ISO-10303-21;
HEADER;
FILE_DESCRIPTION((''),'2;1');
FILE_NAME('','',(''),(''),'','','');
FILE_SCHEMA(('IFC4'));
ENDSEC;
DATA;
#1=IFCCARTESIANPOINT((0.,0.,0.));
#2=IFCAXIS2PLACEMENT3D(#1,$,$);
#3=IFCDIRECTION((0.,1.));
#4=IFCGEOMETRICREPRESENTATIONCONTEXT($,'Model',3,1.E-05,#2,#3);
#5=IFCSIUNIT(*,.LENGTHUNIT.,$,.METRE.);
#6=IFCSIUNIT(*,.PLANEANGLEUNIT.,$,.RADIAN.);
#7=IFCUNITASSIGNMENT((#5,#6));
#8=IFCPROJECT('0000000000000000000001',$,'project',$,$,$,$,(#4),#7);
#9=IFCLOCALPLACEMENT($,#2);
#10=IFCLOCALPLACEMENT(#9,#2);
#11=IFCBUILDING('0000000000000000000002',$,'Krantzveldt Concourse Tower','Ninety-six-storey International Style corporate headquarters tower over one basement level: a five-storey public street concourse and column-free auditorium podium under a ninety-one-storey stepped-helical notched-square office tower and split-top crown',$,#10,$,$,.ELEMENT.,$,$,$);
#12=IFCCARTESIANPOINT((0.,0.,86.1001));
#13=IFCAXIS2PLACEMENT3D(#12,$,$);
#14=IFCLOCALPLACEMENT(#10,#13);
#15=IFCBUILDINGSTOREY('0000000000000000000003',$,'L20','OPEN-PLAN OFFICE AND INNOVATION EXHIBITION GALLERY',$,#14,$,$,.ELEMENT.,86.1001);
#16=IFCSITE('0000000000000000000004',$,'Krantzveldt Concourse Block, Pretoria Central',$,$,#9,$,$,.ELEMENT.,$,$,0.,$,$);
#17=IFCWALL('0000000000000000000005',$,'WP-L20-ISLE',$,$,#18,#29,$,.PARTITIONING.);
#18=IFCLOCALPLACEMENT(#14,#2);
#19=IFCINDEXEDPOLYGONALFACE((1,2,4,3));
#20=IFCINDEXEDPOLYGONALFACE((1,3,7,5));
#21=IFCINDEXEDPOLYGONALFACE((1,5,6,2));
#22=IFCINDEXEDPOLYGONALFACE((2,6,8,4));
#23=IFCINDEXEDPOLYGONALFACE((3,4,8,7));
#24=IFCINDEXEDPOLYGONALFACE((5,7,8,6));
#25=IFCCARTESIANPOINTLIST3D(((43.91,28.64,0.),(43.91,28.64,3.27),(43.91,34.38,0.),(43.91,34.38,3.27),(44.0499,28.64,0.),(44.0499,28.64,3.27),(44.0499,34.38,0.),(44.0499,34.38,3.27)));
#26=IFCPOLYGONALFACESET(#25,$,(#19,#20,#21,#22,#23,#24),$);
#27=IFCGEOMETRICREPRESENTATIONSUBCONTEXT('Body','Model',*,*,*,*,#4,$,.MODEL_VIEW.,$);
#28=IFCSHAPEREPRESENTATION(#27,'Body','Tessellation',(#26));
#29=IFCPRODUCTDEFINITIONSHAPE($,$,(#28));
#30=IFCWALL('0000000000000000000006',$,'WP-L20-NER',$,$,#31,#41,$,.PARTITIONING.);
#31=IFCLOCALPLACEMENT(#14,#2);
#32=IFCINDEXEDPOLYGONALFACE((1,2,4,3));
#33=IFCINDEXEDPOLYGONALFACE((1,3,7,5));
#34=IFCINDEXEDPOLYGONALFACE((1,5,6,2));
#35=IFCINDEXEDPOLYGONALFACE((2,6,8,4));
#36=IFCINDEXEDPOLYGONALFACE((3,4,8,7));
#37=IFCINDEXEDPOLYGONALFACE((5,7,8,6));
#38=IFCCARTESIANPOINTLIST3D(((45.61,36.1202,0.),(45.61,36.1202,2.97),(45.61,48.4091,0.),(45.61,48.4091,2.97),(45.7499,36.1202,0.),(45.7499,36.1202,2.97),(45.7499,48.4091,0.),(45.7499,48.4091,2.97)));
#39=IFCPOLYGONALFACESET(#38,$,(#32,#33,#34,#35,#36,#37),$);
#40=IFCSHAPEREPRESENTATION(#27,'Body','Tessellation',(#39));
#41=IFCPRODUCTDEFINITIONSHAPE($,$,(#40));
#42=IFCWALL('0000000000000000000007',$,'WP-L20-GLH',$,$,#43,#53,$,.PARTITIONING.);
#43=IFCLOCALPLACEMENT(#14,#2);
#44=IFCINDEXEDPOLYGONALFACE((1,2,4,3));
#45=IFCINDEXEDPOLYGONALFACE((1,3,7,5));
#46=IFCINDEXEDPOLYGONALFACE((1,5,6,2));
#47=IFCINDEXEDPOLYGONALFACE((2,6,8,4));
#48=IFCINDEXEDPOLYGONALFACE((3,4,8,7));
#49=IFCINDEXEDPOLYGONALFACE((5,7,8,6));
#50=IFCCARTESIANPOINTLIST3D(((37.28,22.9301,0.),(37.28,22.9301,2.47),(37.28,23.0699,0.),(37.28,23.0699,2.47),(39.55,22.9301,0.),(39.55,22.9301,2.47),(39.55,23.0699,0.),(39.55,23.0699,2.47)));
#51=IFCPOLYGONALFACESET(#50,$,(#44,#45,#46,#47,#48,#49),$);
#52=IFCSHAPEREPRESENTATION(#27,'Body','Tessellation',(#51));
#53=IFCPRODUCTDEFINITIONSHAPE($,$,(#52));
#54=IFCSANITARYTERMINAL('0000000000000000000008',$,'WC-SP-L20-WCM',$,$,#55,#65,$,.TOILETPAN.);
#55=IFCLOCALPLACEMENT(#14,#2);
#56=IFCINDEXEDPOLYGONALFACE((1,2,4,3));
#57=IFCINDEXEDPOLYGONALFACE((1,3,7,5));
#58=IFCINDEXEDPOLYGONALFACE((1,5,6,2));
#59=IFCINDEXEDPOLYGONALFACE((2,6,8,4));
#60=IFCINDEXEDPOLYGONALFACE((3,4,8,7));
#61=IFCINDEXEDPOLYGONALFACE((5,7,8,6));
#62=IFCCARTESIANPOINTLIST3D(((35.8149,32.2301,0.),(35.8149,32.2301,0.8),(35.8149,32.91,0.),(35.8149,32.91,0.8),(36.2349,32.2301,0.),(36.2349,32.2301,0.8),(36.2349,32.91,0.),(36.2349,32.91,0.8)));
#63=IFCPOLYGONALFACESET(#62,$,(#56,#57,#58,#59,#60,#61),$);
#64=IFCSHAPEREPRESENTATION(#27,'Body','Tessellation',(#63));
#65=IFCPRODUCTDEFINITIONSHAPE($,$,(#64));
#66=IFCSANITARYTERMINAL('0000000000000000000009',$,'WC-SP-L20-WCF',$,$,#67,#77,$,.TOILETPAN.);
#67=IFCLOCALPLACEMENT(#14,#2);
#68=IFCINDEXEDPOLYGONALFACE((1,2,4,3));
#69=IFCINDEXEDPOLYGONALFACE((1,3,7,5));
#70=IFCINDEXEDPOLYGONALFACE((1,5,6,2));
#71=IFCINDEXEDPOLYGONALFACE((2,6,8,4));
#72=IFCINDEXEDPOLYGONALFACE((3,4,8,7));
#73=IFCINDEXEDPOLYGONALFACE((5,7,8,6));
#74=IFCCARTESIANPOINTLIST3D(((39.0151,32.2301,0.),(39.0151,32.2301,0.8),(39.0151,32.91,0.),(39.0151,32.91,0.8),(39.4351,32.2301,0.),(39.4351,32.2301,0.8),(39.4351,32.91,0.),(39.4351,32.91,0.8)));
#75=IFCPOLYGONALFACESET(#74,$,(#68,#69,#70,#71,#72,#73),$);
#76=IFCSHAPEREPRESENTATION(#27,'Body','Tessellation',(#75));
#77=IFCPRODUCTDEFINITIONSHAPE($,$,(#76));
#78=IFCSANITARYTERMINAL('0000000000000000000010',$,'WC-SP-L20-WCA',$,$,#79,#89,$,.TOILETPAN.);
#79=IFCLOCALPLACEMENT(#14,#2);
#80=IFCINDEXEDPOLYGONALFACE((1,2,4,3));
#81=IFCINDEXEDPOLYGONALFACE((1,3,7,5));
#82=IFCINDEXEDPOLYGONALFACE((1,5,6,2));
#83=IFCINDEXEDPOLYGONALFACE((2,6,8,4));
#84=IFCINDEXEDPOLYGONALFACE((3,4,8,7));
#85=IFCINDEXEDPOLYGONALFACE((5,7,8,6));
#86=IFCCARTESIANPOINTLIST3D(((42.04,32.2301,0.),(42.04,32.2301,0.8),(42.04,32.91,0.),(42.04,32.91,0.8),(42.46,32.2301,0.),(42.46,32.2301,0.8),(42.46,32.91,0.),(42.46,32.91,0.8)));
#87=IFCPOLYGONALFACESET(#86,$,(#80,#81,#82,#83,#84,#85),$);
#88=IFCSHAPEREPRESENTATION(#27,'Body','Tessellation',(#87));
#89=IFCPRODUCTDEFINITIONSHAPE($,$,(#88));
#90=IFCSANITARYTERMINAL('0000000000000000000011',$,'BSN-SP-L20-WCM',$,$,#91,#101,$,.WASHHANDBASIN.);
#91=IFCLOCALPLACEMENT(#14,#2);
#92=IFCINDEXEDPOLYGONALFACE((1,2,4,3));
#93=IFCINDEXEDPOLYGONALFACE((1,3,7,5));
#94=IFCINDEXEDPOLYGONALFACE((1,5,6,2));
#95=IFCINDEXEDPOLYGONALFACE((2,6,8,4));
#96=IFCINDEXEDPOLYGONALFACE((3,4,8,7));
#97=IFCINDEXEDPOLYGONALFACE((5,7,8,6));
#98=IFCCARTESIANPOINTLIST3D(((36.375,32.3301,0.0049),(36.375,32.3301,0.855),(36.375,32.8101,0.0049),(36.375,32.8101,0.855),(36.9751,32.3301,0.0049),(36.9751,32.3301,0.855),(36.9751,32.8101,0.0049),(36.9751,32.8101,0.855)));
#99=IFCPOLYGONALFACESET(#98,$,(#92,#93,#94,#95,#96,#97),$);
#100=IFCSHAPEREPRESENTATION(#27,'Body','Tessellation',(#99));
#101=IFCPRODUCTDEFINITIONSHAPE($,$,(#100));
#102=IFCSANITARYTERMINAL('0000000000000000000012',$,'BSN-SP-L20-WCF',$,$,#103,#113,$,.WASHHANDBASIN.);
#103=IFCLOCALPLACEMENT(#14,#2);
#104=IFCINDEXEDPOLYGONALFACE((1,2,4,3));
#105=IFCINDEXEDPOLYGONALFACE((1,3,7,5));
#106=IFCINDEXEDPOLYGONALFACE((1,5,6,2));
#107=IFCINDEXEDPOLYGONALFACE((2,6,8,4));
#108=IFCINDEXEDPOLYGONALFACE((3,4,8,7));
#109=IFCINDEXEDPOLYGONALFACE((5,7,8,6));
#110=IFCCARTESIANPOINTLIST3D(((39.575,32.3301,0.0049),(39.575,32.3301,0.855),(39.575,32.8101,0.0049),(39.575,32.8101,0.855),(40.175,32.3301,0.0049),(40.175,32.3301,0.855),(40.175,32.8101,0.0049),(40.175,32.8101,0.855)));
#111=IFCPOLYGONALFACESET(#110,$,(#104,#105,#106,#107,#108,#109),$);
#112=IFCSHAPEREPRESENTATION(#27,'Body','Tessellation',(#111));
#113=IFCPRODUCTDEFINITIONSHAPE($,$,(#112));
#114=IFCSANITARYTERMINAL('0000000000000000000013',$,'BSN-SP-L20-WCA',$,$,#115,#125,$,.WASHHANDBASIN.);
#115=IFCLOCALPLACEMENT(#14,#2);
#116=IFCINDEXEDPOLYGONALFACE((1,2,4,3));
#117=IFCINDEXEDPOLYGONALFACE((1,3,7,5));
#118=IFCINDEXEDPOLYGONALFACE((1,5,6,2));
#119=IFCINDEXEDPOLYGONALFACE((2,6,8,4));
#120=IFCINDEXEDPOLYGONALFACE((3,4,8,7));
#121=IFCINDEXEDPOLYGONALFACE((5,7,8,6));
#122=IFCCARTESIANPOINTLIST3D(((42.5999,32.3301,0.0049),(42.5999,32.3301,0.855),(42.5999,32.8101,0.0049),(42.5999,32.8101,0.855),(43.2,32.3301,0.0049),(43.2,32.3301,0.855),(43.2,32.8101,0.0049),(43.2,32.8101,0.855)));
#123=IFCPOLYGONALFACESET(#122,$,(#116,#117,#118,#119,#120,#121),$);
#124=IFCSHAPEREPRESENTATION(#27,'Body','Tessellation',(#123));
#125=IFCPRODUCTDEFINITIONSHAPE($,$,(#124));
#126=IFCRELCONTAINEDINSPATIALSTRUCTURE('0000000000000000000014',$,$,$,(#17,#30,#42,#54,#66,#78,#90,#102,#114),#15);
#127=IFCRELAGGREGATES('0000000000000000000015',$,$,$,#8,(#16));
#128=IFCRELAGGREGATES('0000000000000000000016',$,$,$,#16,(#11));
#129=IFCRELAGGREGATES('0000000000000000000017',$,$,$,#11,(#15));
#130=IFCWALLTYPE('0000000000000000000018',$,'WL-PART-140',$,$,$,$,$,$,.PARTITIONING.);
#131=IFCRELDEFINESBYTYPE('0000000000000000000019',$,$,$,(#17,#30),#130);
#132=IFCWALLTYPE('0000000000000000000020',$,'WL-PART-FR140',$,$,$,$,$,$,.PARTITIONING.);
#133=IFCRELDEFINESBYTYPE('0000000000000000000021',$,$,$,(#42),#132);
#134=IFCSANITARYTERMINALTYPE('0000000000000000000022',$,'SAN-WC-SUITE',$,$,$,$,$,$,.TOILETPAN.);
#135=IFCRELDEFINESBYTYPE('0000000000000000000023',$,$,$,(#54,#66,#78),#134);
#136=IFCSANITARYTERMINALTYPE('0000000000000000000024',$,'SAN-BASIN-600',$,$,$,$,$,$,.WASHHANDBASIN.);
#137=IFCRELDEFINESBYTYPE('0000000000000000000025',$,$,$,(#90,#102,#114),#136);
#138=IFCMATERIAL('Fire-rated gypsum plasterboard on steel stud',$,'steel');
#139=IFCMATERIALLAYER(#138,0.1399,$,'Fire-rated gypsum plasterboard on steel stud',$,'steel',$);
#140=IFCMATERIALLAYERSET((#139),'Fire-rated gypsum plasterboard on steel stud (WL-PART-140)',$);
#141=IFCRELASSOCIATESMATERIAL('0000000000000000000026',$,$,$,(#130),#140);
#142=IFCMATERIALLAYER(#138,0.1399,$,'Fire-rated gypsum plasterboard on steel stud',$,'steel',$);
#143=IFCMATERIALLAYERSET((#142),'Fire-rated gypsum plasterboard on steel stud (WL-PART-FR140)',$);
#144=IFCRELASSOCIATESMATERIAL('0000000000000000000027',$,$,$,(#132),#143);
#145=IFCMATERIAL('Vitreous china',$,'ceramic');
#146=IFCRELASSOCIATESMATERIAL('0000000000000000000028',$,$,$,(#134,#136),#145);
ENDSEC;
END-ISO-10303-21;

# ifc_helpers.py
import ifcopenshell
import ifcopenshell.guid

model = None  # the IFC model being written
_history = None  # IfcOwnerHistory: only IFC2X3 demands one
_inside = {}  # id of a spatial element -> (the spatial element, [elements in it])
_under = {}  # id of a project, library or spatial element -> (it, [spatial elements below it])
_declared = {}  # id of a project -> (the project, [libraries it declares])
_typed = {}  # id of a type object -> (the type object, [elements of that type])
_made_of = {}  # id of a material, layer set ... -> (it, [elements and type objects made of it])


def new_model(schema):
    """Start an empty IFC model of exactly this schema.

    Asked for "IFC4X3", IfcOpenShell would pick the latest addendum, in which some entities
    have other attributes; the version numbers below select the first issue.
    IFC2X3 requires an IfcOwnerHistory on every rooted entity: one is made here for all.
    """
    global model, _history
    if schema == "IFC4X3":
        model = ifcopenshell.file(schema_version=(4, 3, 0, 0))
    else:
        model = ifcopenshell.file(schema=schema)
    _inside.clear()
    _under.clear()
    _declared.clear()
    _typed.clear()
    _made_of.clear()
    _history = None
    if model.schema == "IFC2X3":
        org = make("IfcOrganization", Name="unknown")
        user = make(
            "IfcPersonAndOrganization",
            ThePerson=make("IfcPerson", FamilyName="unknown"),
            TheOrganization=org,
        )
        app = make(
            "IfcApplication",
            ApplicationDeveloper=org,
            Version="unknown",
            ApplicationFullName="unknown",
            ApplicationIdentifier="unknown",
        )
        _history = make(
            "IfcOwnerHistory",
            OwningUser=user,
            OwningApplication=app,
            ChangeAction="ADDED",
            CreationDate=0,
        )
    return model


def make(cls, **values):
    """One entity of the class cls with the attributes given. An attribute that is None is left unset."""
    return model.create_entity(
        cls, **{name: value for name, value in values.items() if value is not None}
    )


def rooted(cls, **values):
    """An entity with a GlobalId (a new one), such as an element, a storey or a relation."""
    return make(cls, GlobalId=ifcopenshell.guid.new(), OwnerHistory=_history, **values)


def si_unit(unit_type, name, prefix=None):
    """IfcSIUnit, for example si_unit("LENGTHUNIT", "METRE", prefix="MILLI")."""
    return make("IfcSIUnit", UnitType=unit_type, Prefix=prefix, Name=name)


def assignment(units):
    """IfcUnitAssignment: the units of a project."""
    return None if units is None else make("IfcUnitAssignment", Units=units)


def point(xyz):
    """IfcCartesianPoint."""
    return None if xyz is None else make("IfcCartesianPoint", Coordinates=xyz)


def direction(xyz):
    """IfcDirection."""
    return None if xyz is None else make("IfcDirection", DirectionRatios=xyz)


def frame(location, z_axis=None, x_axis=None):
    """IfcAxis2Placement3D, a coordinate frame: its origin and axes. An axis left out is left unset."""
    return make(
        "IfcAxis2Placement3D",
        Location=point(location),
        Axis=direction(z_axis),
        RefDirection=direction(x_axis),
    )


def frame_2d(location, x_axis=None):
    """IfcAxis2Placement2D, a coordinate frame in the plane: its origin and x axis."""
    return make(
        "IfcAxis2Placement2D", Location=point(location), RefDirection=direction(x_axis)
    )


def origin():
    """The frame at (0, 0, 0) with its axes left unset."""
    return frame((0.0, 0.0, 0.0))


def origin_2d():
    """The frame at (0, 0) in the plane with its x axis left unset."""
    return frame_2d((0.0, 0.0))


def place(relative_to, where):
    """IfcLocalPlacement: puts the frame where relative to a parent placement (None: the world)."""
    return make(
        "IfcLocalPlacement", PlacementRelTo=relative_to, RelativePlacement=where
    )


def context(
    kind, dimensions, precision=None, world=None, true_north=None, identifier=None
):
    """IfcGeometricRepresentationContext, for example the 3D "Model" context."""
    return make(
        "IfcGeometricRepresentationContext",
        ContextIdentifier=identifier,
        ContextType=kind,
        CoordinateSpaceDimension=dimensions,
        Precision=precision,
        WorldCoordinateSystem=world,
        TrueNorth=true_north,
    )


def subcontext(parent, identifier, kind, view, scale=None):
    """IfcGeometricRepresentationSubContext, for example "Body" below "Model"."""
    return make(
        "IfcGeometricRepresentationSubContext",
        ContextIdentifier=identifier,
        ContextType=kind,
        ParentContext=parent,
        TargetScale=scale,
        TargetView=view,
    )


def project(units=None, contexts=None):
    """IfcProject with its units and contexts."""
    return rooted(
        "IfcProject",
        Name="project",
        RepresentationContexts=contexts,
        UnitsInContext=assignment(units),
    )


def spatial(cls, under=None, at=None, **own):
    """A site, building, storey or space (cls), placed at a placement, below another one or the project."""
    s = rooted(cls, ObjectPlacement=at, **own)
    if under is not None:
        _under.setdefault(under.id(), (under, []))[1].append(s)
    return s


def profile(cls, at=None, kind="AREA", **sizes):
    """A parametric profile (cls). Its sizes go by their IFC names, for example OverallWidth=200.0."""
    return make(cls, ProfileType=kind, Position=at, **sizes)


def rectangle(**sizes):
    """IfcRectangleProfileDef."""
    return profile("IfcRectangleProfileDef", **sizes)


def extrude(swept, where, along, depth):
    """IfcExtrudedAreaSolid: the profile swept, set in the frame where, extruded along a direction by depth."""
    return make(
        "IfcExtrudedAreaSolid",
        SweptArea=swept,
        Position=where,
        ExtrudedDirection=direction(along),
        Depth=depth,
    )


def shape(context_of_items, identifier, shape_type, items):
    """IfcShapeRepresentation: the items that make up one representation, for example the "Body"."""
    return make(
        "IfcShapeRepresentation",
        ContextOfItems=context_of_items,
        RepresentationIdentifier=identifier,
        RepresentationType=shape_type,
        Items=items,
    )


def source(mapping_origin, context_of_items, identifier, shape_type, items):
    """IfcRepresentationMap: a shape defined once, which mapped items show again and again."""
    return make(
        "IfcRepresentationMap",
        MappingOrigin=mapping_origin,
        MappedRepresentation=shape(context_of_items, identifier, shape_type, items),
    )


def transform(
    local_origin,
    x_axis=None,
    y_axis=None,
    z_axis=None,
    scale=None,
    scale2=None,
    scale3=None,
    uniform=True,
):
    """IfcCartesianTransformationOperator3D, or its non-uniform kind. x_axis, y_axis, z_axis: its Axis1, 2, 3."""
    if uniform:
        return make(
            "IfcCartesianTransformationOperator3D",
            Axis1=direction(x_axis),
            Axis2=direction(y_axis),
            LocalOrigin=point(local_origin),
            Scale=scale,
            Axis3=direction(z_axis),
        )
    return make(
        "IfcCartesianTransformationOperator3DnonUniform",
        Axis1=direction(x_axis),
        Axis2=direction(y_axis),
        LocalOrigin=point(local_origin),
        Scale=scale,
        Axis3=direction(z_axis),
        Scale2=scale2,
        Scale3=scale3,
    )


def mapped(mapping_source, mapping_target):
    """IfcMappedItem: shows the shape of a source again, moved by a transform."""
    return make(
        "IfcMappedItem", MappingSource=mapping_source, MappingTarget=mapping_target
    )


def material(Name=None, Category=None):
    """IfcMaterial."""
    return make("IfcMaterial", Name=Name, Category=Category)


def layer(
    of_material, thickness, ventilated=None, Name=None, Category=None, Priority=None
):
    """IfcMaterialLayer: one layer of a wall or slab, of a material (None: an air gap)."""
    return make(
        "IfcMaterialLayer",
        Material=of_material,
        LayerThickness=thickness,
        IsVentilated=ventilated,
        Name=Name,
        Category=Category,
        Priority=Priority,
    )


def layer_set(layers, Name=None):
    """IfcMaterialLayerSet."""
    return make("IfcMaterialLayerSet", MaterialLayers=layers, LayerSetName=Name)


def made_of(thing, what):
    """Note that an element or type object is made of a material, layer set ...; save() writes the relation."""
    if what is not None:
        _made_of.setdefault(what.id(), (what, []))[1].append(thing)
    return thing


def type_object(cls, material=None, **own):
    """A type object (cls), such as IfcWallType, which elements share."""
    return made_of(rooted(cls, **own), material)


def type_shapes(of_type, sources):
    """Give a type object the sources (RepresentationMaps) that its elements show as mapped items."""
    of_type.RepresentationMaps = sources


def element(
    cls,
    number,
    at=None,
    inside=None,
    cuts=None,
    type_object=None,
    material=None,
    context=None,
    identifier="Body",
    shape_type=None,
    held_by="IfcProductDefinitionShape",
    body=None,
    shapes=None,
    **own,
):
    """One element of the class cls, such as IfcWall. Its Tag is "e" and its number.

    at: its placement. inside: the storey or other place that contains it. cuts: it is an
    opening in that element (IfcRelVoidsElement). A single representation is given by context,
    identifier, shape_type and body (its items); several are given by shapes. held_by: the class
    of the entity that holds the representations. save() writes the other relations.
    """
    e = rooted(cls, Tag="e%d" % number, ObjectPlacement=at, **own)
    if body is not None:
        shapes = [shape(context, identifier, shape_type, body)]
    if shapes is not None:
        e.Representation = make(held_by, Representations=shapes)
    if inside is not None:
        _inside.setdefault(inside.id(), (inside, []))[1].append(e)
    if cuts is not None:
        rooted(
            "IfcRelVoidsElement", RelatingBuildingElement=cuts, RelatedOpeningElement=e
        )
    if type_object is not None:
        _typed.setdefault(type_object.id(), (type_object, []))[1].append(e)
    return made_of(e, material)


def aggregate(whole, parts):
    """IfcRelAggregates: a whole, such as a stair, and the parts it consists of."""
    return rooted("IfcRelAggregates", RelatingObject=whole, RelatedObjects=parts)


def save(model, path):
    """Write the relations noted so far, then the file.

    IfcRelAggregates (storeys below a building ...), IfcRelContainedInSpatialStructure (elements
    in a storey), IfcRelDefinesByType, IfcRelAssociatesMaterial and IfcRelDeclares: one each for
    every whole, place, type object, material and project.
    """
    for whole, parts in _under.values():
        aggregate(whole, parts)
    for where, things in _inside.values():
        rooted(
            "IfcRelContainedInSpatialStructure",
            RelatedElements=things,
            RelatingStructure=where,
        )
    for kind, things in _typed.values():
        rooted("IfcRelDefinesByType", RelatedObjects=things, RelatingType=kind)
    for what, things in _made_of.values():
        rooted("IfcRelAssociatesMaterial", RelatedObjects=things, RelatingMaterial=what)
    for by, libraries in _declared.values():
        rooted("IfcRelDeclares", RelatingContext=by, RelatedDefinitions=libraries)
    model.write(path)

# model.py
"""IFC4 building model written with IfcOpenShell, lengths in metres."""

from ifc_helpers import new_model, si_unit, direction, frame, frame_2d, origin, origin_2d, place, context, subcontext, project, spatial, rectangle, extrude, source, transform, mapped, material, layer, layer_set, type_object, type_shapes, element, save


model = new_model("IFC4")

# Units and contexts
model_context = context("Model", 3, precision=1e-05, world=origin(), true_north=direction((0.0, 1.0)))
body_context = subcontext(model_context, "Body", "Model", "MODEL_VIEW")
ifc_project = project(units=[si_unit("LENGTHUNIT", "METRE"), si_unit("PLANEANGLEUNIT", "RADIAN")], contexts=[model_context])

# Site, building, storey
site_placement = place(None, origin())
site = spatial("IfcSite", under=ifc_project, at=site_placement, Name="Krantzveldt Concourse Block, Pretoria Central", CompositionType="ELEMENT", RefElevation=0.0)
building_placement = place(site_placement, origin())
building = spatial("IfcBuilding", under=site, at=building_placement, Name="Krantzveldt Concourse Tower", Description="Ninety-six-storey International Style corporate headquarters tower over one basement level: a five-storey public street concourse and column-free auditorium podium under a ninety-one-storey stepped-helical notched-square office tower and split-top crown", CompositionType="ELEMENT")
storey_placement = place(building_placement, frame((0.0, 0.0, 86.1001)))
storey = spatial("IfcBuildingStorey", under=building, at=storey_placement, Name="L20", Description="OPEN-PLAN OFFICE AND INNOVATION EXHIBITION GALLERY", CompositionType="ELEMENT", Elevation=86.1001)

# Walls
ifc_material_1 = material(Name="Fire-rated gypsum plasterboard on steel stud", Category="steel")
ifc_layer_1 = layer(ifc_material_1, 0.1399, Name="Fire-rated gypsum plasterboard on steel stud", Category="steel")
ifc_layer_set_1 = layer_set([ifc_layer_1], Name="Fire-rated gypsum plasterboard on steel stud (WL-PART-140)")
wall_type_1 = type_object("IfcWallType", Name="WL-PART-140", PredefinedType="PARTITIONING", material=ifc_layer_set_1)
wall_1_placement = place(storey_placement, frame((43.98, 28.6399, 0.0), z_axis=(0.0, 0.0, 1.0), x_axis=(0.0, 1.0, 0.0)))
element("IfcWall", 1, at=wall_1_placement, inside=storey, type_object=wall_type_1, Name="WP-L20-ISLE", PredefinedType="PARTITIONING", context=body_context, shape_type="SweptSolid", body=[
    extrude(rectangle(XDim=5.74, YDim=0.1399, at=frame_2d((2.8701, 0.0))), origin(), (0.0, 0.0, 1.0), 3.27),
])
wall_2_placement = place(storey_placement, frame((45.6799, 36.1201, 0.0), z_axis=(0.0, 0.0, 1.0), x_axis=(0.0, 1.0, 0.0)))
element("IfcWall", 2, at=wall_2_placement, inside=storey, type_object=wall_type_1, Name="WP-L20-NER", PredefinedType="PARTITIONING", context=body_context, shape_type="SweptSolid", body=[
    extrude(rectangle(XDim=12.2888, YDim=0.1399, at=frame_2d((6.1445, 0.0))), origin(), (0.0, 0.0, 1.0), 2.97),
])
ifc_layer_2 = layer(ifc_material_1, 0.1399, Name="Fire-rated gypsum plasterboard on steel stud", Category="steel")
ifc_layer_set_2 = layer_set([ifc_layer_2], Name="Fire-rated gypsum plasterboard on steel stud (WL-PART-FR140)")
wall_type_2 = type_object("IfcWallType", Name="WL-PART-FR140", PredefinedType="PARTITIONING", material=ifc_layer_set_2)
wall_3_placement = place(storey_placement, frame((37.28, 23.0, 0.0), z_axis=(0.0, 0.0, 1.0), x_axis=(1.0, 0.0, 0.0)))
element("IfcWall", 3, at=wall_3_placement, inside=storey, type_object=wall_type_2, Name="WP-L20-GLH", PredefinedType="PARTITIONING", context=body_context, shape_type="SweptSolid", body=[
    extrude(rectangle(XDim=2.27, YDim=0.1399, at=frame_2d((1.135, 0.0))), origin(), (0.0, 0.0, 1.0), 2.47),
])

# Sanitary terminals
ifc_material_2 = material(Name="Vitreous china", Category="ceramic")
sanitary_terminal_type_1 = type_object("IfcSanitaryTerminalType", Name="SAN-WC-SUITE", PredefinedType="TOILETPAN", material=ifc_material_2)
shared_shape_1 = source(origin(), body_context, "Body", "SweptSolid", [
    extrude(rectangle(XDim=0.4199, YDim=0.6799, at=origin_2d()), origin(), (0.0, 0.0, 1.0), 0.8),
])
type_shapes(sanitary_terminal_type_1, [shared_shape_1])
for number, where, z_axis, x_axis, name in (
    (4, (36.0249, 32.5701, 0.0), (0.0, 0.0, 1.0), (1.0, 0.0, 0.0), "WC-SP-L20-WCM"),
    (5, (39.2251, 32.5701, 0.0), (0.0, 0.0, 1.0), (1.0, 0.0, 0.0), "WC-SP-L20-WCF"),
    (6, (42.25, 32.5701, 0.0), (0.0, 0.0, 1.0), (1.0, 0.0, 0.0), "WC-SP-L20-WCA"),
):
    element("IfcSanitaryTerminal", number, at=place(storey_placement, frame(where, z_axis=z_axis, x_axis=x_axis)), inside=storey, type_object=sanitary_terminal_type_1, Name=name, PredefinedType="TOILETPAN", context=body_context, shape_type="MappedRepresentation", body=[
        mapped(shared_shape_1, transform((0.0, 0.0, 0.0), x_axis=(1.0, 0.0, 0.0), y_axis=(0.0, 1.0, 0.0), z_axis=(0.0, 0.0, 1.0), scale=1.0)),
    ])
sanitary_terminal_type_2 = type_object("IfcSanitaryTerminalType", Name="SAN-BASIN-600", PredefinedType="WASHHANDBASIN", material=ifc_material_2)
shared_shape_2 = source(origin(), body_context, "Body", "SweptSolid", [
    extrude(rectangle(XDim=0.6001, YDim=0.48, at=origin_2d()), origin(), (0.0, 0.0, 1.0), 0.8501),
])
type_shapes(sanitary_terminal_type_2, [shared_shape_2])
for number, where, z_axis, x_axis, name in (
    (7, (36.675, 32.5701, 0.0049), (0.0, 0.0, 1.0), (1.0, 0.0, 0.0), "BSN-SP-L20-WCM"),
    (8, (39.875, 32.5701, 0.0049), (0.0, 0.0, 1.0), (1.0, 0.0, 0.0), "BSN-SP-L20-WCF"),
    (9, (42.8999, 32.5701, 0.0049), (0.0, 0.0, 1.0), (1.0, 0.0, 0.0), "BSN-SP-L20-WCA"),
):
    element("IfcSanitaryTerminal", number, at=place(storey_placement, frame(where, z_axis=z_axis, x_axis=x_axis)), inside=storey, type_object=sanitary_terminal_type_2, Name=name, PredefinedType="WASHHANDBASIN", context=body_context, shape_type="MappedRepresentation", body=[
        mapped(shared_shape_2, transform((0.0, 0.0, 0.0), x_axis=(1.0, 0.0, 0.0), y_axis=(0.0, 1.0, 0.0), z_axis=(0.0, 0.0, 1.0), scale=1.0)),
    ])

save(model, "model.ifc")
